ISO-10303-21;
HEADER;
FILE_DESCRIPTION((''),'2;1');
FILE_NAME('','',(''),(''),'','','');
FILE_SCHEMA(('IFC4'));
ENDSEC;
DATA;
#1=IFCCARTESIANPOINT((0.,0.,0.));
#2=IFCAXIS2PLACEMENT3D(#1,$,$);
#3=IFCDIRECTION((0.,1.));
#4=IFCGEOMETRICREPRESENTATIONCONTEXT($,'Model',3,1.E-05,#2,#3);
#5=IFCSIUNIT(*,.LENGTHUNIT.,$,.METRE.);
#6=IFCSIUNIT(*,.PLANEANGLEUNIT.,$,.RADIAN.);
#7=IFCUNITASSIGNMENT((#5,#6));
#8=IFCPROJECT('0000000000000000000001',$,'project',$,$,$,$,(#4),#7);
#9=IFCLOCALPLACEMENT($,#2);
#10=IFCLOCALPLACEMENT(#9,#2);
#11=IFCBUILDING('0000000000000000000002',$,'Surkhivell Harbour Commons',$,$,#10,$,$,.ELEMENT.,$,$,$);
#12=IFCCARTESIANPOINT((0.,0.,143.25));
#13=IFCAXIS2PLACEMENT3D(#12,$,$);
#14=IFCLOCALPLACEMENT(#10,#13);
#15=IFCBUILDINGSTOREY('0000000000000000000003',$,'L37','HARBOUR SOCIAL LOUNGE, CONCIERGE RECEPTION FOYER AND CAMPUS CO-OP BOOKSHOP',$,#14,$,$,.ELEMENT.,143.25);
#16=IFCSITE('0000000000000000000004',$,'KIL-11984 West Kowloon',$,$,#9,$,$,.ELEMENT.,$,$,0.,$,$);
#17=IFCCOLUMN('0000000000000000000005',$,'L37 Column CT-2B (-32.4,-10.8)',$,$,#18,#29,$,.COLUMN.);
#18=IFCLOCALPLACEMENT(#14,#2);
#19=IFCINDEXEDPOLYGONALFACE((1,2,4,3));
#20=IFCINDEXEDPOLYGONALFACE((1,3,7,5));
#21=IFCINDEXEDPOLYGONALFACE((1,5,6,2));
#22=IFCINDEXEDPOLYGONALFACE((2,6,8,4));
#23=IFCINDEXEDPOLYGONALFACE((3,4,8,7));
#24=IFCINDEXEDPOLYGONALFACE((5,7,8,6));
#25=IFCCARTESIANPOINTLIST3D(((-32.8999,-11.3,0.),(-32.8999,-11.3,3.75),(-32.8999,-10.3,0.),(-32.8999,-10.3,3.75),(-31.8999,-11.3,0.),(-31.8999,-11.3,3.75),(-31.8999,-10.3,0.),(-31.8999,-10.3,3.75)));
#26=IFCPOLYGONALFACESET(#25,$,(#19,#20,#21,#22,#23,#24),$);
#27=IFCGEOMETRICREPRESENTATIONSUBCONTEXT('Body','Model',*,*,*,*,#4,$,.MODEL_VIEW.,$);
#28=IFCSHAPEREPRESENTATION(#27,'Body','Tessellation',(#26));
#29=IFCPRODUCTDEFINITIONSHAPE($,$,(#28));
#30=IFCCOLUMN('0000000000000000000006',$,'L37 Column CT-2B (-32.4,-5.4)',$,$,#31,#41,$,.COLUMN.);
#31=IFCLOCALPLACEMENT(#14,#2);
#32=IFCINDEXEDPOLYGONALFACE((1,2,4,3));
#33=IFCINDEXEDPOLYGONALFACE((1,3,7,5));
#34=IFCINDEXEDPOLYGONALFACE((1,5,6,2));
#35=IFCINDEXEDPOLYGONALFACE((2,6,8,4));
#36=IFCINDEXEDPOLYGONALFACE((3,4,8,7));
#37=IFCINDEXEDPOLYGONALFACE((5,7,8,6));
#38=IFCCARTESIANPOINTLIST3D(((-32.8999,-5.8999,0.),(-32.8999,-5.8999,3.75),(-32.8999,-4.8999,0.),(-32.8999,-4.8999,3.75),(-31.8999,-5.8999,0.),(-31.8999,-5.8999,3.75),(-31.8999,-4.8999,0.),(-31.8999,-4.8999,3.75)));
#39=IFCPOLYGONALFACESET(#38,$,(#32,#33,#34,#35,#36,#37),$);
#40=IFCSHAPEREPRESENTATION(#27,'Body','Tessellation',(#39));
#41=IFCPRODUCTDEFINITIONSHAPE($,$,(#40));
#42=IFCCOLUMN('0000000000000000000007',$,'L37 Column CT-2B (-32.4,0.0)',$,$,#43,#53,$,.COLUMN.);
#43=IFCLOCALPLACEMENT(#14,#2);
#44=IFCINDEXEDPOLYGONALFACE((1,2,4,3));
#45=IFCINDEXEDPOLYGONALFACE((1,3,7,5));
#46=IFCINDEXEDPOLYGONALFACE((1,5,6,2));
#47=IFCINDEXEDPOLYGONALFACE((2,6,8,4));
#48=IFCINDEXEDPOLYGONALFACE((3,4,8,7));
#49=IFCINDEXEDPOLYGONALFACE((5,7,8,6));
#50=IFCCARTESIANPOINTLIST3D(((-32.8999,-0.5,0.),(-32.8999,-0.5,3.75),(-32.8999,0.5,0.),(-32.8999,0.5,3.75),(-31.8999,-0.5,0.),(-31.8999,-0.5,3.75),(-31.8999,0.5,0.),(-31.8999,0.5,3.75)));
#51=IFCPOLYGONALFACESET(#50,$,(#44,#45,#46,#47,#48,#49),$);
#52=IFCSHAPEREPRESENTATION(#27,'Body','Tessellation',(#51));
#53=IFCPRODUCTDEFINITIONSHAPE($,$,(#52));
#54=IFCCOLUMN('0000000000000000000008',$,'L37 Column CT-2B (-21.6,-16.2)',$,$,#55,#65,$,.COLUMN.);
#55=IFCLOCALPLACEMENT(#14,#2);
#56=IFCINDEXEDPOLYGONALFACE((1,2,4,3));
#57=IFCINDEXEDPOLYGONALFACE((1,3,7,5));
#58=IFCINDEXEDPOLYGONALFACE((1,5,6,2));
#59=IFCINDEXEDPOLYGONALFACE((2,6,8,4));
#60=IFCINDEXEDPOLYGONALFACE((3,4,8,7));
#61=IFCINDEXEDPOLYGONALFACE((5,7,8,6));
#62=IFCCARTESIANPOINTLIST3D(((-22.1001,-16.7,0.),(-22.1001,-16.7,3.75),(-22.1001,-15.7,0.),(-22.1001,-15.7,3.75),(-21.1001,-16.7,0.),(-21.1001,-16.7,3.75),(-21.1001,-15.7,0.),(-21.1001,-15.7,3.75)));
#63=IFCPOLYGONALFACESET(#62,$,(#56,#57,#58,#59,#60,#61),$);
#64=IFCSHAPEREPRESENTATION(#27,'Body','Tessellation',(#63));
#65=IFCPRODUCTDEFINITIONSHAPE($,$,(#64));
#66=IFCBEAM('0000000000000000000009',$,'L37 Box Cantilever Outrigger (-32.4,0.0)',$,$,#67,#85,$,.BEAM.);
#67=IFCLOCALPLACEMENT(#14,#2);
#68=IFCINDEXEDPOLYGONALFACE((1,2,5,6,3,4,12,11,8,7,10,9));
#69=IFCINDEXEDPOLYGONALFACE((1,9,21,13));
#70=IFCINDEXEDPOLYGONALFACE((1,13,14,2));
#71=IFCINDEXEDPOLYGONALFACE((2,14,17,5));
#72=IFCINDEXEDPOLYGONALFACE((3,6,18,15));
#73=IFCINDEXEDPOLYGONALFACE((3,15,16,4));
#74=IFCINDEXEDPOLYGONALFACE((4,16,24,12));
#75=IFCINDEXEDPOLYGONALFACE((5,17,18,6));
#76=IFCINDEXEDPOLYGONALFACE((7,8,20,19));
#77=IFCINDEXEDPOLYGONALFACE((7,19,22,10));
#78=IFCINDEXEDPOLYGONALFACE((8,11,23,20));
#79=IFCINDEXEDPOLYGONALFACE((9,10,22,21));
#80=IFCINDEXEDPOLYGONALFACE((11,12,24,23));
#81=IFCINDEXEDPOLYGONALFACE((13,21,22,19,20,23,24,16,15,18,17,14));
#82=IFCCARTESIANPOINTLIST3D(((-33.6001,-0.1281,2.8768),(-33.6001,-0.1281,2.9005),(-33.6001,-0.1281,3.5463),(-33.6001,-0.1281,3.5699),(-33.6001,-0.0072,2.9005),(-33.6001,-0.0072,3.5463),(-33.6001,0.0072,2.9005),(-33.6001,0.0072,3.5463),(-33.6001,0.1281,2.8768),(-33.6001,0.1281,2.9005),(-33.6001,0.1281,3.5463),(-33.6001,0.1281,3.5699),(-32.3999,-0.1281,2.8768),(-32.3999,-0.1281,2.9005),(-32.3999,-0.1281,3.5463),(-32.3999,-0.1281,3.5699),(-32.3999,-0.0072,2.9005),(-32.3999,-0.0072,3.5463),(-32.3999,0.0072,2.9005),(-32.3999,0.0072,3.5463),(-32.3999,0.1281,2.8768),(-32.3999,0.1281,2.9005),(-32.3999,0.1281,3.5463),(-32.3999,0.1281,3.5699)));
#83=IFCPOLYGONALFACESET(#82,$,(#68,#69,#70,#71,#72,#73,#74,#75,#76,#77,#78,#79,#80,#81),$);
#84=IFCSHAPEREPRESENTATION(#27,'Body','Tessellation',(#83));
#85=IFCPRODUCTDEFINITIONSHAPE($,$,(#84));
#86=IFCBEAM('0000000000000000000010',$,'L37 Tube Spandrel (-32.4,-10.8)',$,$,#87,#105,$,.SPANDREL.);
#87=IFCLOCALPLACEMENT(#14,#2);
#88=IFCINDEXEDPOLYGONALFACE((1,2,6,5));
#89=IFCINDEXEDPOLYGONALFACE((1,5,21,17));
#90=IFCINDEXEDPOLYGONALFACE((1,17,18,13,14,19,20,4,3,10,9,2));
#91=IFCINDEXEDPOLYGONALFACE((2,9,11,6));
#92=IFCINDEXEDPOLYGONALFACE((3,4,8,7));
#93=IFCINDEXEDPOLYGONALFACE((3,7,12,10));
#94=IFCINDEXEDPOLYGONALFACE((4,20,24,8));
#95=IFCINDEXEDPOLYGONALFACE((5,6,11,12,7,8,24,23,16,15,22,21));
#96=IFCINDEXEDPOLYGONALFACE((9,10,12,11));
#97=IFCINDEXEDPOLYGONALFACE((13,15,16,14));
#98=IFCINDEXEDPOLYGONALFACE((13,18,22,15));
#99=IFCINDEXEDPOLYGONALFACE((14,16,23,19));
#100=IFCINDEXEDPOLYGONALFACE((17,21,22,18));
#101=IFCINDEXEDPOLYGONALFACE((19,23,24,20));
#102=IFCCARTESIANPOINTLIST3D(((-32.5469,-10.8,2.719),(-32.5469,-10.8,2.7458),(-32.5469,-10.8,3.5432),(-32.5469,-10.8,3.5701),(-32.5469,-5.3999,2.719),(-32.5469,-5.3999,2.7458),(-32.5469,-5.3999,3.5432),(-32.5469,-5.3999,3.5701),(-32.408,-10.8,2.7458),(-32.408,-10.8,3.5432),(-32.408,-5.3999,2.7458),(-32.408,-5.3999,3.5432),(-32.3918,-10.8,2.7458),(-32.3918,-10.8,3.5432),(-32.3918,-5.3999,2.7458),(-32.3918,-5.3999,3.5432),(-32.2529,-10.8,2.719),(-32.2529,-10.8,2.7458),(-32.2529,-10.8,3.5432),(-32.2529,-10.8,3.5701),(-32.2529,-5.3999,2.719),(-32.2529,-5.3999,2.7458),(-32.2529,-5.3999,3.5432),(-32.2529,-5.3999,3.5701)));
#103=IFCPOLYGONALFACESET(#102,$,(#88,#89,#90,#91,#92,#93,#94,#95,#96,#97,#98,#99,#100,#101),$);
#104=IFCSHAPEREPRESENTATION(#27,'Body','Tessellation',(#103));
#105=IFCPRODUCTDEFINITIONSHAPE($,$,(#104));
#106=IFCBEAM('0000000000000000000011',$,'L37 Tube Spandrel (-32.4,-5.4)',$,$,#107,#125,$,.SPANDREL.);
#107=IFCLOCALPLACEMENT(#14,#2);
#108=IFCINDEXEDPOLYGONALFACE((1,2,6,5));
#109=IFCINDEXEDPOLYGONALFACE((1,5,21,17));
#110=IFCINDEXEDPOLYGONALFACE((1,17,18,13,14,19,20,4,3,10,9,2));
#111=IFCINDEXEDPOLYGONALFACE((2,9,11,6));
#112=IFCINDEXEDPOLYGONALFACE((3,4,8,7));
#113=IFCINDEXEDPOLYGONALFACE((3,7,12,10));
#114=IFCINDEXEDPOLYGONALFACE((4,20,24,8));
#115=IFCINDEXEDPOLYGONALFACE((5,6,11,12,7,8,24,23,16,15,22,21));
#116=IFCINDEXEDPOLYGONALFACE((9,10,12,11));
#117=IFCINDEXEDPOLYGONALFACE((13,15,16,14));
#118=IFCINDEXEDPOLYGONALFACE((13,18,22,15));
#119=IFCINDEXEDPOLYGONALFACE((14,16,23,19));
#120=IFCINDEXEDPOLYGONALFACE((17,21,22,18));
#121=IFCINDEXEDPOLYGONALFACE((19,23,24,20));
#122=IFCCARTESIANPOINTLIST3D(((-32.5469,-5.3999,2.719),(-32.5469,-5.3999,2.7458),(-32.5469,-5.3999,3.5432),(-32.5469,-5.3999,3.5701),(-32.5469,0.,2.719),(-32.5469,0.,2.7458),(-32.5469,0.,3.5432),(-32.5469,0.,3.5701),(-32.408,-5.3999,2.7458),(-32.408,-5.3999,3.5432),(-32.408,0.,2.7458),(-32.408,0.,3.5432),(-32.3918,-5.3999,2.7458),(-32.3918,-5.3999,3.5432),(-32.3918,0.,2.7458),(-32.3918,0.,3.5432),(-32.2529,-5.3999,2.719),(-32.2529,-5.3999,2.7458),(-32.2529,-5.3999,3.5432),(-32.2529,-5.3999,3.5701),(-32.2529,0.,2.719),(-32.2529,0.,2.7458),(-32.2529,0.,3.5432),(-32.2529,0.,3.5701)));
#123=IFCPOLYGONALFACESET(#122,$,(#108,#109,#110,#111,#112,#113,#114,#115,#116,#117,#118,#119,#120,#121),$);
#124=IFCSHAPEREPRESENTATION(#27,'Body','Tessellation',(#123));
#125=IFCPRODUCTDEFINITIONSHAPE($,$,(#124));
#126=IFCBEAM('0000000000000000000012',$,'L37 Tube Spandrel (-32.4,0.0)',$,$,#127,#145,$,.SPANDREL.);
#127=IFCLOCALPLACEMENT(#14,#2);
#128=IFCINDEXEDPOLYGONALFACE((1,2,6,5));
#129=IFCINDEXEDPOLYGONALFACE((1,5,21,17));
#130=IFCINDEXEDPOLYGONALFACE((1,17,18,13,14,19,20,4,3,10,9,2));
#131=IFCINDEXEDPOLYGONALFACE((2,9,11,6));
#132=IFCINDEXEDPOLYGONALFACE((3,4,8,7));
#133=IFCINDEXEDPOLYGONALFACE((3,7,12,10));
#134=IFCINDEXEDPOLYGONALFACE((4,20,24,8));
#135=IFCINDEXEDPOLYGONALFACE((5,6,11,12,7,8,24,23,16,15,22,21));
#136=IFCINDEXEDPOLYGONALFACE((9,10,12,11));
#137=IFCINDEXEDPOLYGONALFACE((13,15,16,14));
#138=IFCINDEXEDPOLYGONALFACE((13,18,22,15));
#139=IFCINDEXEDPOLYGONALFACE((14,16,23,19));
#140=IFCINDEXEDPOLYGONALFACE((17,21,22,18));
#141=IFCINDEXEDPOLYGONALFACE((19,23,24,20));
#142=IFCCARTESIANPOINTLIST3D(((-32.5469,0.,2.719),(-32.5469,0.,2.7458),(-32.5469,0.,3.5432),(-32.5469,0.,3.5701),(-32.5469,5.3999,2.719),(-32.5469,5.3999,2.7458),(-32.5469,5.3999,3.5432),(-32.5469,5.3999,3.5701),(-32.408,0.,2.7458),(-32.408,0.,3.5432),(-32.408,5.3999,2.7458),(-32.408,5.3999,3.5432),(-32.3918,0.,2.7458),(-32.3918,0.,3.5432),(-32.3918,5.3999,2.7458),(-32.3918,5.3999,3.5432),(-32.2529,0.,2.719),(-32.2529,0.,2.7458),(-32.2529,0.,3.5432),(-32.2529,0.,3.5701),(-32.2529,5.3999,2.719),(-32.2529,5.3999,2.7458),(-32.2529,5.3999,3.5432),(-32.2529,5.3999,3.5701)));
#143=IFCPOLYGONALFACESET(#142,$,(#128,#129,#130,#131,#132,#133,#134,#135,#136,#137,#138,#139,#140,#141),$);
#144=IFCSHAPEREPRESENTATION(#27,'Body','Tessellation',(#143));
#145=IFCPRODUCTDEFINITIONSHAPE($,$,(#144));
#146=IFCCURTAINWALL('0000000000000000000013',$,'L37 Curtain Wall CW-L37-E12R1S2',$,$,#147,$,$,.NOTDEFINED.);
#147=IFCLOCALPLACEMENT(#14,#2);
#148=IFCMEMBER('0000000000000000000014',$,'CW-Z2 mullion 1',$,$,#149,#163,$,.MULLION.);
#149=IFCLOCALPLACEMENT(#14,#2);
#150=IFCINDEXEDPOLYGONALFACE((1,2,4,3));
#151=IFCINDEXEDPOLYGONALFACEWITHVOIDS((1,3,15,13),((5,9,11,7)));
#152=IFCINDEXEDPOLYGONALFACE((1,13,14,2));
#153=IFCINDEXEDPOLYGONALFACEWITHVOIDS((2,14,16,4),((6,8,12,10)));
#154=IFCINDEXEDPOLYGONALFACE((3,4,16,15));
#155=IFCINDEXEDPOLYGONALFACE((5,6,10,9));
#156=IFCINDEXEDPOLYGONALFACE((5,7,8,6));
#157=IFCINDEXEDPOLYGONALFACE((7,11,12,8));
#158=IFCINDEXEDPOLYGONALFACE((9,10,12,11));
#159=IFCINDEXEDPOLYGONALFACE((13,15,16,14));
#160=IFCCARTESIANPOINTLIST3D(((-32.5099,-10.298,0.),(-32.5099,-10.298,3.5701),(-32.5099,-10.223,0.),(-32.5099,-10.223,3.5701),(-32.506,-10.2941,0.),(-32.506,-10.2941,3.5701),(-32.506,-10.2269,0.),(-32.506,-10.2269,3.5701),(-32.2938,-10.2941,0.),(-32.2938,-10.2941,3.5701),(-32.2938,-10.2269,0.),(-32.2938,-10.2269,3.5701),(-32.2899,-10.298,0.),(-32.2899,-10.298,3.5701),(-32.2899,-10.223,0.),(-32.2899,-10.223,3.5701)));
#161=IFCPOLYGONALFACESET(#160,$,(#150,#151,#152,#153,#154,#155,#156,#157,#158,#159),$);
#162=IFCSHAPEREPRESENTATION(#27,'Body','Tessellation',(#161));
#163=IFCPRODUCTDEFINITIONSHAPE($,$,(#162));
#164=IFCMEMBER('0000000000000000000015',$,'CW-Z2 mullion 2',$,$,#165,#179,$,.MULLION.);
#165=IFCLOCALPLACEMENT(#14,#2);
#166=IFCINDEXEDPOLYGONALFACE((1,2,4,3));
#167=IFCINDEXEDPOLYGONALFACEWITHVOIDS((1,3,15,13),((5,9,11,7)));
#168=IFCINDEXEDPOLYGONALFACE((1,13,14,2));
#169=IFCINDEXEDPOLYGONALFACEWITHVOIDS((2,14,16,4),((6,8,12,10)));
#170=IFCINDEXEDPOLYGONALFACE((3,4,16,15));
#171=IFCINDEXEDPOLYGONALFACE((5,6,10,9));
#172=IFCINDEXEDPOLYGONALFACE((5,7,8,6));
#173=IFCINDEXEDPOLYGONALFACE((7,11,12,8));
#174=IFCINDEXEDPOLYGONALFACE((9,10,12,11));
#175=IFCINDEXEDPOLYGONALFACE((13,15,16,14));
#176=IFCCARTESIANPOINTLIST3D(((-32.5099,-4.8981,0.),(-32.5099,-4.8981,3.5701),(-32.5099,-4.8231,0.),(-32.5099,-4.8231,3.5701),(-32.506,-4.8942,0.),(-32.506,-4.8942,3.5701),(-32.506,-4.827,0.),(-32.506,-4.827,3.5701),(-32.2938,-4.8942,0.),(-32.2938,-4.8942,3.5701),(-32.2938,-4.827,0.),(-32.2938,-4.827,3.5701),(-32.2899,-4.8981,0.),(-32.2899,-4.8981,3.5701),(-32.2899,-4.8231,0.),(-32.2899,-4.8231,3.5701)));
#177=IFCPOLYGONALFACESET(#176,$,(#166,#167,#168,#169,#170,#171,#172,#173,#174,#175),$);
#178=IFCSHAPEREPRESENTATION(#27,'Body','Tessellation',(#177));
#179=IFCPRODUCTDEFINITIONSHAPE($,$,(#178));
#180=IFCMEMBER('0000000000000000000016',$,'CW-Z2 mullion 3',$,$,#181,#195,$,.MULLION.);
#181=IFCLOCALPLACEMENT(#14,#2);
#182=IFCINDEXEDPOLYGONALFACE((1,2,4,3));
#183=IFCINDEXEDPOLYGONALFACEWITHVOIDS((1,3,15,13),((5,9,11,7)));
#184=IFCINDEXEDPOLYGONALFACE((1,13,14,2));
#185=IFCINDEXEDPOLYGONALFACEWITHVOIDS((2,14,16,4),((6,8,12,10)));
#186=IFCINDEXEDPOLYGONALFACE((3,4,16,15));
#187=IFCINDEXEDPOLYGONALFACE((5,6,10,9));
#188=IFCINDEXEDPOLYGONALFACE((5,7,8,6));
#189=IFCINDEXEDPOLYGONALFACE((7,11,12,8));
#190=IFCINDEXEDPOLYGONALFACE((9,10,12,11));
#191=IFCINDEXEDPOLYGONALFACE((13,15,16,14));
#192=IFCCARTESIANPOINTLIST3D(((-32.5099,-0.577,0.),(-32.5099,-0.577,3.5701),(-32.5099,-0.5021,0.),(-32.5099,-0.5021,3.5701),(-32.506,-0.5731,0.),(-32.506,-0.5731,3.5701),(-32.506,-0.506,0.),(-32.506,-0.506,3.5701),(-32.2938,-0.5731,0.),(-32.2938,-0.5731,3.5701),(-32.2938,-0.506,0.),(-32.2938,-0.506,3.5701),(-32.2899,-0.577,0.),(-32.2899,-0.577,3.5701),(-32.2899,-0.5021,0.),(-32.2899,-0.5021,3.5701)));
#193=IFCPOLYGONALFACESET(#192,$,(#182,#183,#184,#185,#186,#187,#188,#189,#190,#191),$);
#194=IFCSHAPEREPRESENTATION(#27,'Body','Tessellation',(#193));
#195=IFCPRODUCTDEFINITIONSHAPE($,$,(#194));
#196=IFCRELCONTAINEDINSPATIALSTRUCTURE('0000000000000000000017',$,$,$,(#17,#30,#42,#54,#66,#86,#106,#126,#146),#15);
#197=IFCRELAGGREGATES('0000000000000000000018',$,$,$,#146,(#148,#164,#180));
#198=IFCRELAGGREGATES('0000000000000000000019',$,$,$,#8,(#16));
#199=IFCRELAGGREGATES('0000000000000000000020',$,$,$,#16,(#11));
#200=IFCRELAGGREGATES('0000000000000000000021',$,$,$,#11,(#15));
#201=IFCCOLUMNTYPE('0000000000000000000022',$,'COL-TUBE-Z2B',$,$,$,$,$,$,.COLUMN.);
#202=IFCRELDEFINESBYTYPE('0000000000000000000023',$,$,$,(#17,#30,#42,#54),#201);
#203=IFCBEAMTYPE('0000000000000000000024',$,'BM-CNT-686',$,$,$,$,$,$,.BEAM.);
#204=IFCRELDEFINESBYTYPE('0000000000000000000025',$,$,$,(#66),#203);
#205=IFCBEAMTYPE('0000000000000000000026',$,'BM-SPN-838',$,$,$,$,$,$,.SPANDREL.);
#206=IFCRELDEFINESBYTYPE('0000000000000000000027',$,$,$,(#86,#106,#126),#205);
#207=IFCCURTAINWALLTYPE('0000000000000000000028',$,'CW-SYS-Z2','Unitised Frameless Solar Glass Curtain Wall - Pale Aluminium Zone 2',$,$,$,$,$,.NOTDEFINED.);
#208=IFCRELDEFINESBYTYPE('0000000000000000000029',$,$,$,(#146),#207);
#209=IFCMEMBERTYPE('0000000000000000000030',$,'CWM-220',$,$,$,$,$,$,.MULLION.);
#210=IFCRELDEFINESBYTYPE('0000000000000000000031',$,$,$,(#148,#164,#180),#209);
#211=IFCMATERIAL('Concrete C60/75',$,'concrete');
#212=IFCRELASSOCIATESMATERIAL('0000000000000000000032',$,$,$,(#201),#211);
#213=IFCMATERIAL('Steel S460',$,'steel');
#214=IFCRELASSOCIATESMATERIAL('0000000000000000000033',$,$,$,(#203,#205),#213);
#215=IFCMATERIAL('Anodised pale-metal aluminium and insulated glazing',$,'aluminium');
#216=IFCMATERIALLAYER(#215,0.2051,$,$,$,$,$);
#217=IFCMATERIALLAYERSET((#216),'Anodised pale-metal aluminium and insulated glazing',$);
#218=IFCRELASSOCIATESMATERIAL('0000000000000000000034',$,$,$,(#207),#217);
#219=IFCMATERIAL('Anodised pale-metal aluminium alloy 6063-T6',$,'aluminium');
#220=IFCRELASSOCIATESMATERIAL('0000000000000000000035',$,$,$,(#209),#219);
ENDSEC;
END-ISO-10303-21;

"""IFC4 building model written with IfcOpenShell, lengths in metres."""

from ifc_helpers import new_model, si_unit, direction, frame, origin, origin_2d, place, context, subcontext, project, spatial, rectangle, hollow_rectangle, i_section, extrude, material, layer, layer_set, material_profile, profile_set, type_object, element, aggregate, save


model = new_model("IFC4")

# Units and contexts
model_context = context("Model", 3, precision=1e-05, world=origin(), true_north=direction((0.0, 1.0)))
body_context = subcontext(model_context, "Body", "Model", "MODEL_VIEW")
ifc_project = project(units=[si_unit("LENGTHUNIT", "METRE"), si_unit("PLANEANGLEUNIT", "RADIAN")], contexts=[model_context])

# Site, building, storey
site_placement = place(None, origin())
site = spatial("IfcSite", under=ifc_project, at=site_placement, Name="KIL-11984 West Kowloon", CompositionType="ELEMENT", RefElevation=0.0)
building_placement = place(site_placement, origin())
building = spatial("IfcBuilding", under=site, at=building_placement, Name="Surkhivell Harbour Commons", CompositionType="ELEMENT")
storey_placement = place(building_placement, frame((0.0, 0.0, 143.25)))
storey = spatial("IfcBuildingStorey", under=building, at=storey_placement, Name="L37", Description="HARBOUR SOCIAL LOUNGE, CONCIERGE RECEPTION FOYER AND CAMPUS CO-OP BOOKSHOP", CompositionType="ELEMENT", Elevation=143.25)

# Columns
ifc_material_1 = material(Name="Concrete C60/75", Category="concrete")
ifc_material_profile_1 = material_profile(ifc_material_1, rectangle(XDim=1.0, YDim=1.0, at=origin_2d()), Name="RC-COL-1000x1000")
ifc_profile_set_1 = profile_set([ifc_material_profile_1], Name="Concrete C60/75")
column_type = type_object("IfcColumnType", Name="COL-TUBE-Z2B", PredefinedType="COLUMN", material=ifc_profile_set_1)
for number, where, z_axis, x_axis, name in (
    (1, (-32.3999, -10.8, 0.0), (0.0, 0.0, 1.0), (1.0, 0.0, 0.0), "L37 Column CT-2B (-32.4,-10.8)"),
    (2, (-32.3999, -5.3999, 0.0), (0.0, 0.0, 1.0), (1.0, 0.0, 0.0), "L37 Column CT-2B (-32.4,-5.4)"),
    (3, (-32.3999, 0.0, 0.0), (0.0, 0.0, 1.0), (1.0, 0.0, 0.0), "L37 Column CT-2B (-32.4,0.0)"),
    (4, (-21.6001, -16.2, 0.0), (0.0, 0.0, 1.0), (1.0, 0.0, 0.0), "L37 Column CT-2B (-21.6,-16.2)"),
):
    element("IfcColumn", number, at=place(storey_placement, frame(where, z_axis=z_axis, x_axis=x_axis)), inside=storey, type_object=column_type, Name=name, PredefinedType="COLUMN", context=body_context, shape_type="SweptSolid", body=[
        extrude(rectangle(XDim=1.0, YDim=1.0, at=origin_2d()), origin(), (0.0, 0.0, 1.0), 3.75),
    ])

# Beams
ifc_material_2 = material(Name="Steel S460", Category="steel")
ifc_material_profile_2 = material_profile(ifc_material_2, i_section(OverallWidth=0.2561, OverallDepth=0.6931, WebThickness=0.0144, FlangeThickness=0.0237, at=origin_2d()), Name="UB686x254x170")
ifc_profile_set_2 = profile_set([ifc_material_profile_2], Name="Steel S460")
beam_type_1 = type_object("IfcBeamType", Name="BM-CNT-686", PredefinedType="BEAM", material=ifc_profile_set_2)
beam_1_placement = place(storey_placement, frame((-32.3999, 0.0, 3.2234), z_axis=(-1.0, 0.0, 0.0), x_axis=(0.0, -1.0, 0.0)))
element("IfcBeam", 5, at=beam_1_placement, inside=storey, type_object=beam_type_1, Name="L37 Box Cantilever Outrigger (-32.4,0.0)", PredefinedType="BEAM", context=body_context, shape_type="SweptSolid", body=[
    extrude(i_section(OverallWidth=0.2561, OverallDepth=0.6931, WebThickness=0.0144, FlangeThickness=0.0237, at=origin_2d()), origin(), (0.0, 0.0, 1.0), 1.2002),
])
ifc_material_profile_3 = material_profile(ifc_material_2, i_section(OverallWidth=0.2939, OverallDepth=0.8511, WebThickness=0.0161, FlangeThickness=0.0269, at=origin_2d()), Name="UB838x292x226")
ifc_profile_set_3 = profile_set([ifc_material_profile_3], Name="Steel S460")
beam_type_2 = type_object("IfcBeamType", Name="BM-SPN-838", PredefinedType="SPANDREL", material=ifc_profile_set_3)
beam_2_placement = place(storey_placement, frame((-32.3999, -10.8, 3.1445), z_axis=(0.0, 1.0, 0.0), x_axis=(-1.0, 0.0, 0.0)))
element("IfcBeam", 6, at=beam_2_placement, inside=storey, type_object=beam_type_2, Name="L37 Tube Spandrel (-32.4,-10.8)", PredefinedType="SPANDREL", context=body_context, shape_type="SweptSolid", body=[
    extrude(i_section(OverallWidth=0.2939, OverallDepth=0.8511, WebThickness=0.0161, FlangeThickness=0.0269, at=origin_2d()), origin(), (0.0, 0.0, 1.0), 5.4001),
])
for number, where, z_axis, x_axis, name in (
    (7, (-32.3999, -5.3999, 3.1445), (0.0, 1.0, 0.0), (-1.0, 0.0, 0.0), "L37 Tube Spandrel (-32.4,-5.4)"),
    (8, (-32.3999, 0.0, 3.1445), (0.0, 1.0, 0.0), (-1.0, 0.0, 0.0), "L37 Tube Spandrel (-32.4,0.0)"),
):
    element("IfcBeam", number, at=place(storey_placement, frame(where, z_axis=z_axis, x_axis=x_axis)), inside=storey, type_object=beam_type_2, Name=name, PredefinedType="SPANDREL", context=body_context, shape_type="SweptSolid", body=[
        extrude(i_section(OverallWidth=0.2939, OverallDepth=0.8511, WebThickness=0.0161, FlangeThickness=0.0269, at=origin_2d()), origin(), (0.0, 0.0, 1.0), 5.3999),
    ])

# Curtain wall, members
ifc_material_3 = material(Name="Anodised pale-metal aluminium and insulated glazing", Category="aluminium")
ifc_layer_1 = layer(ifc_material_3, 0.2051)
ifc_layer_set_1 = layer_set([ifc_layer_1], Name="Anodised pale-metal aluminium and insulated glazing")
curtain_wall_type = type_object("IfcCurtainWallType", Name="CW-SYS-Z2", Description="Unitised Frameless Solar Glass Curtain Wall - Pale Aluminium Zone 2", PredefinedType="NOTDEFINED", material=ifc_layer_set_1)
curtain_wall_placement = place(storey_placement, origin())
curtain_wall = element("IfcCurtainWall", 9, at=curtain_wall_placement, inside=storey, type_object=curtain_wall_type, Name="L37 Curtain Wall CW-L37-E12R1S2", PredefinedType="NOTDEFINED")
ifc_material_4 = material(Name="Anodised pale-metal aluminium alloy 6063-T6", Category="aluminium")
ifc_material_profile_4 = material_profile(ifc_material_4, hollow_rectangle(XDim=0.075, YDim=0.22, WallThickness=0.0039, at=origin_2d()), Name="ALU-MULL-75x220")
ifc_profile_set_4 = profile_set([ifc_material_profile_4], Name="Anodised pale-metal aluminium alloy 6063-T6")
member_type_1 = type_object("IfcMemberType", Name="CWM-220", PredefinedType="MULLION", material=ifc_profile_set_4)
member_1_placement = place(storey_placement, frame((-32.3999, -10.2605, 0.0), z_axis=(0.0, 0.0, 1.0), x_axis=(0.0, 1.0, 0.0)))
member_1 = element("IfcMember", 10, at=member_1_placement, type_object=member_type_1, Name="CW-Z2 mullion 1", PredefinedType="MULLION", context=body_context, shape_type="SweptSolid", body=[
    extrude(hollow_rectangle(XDim=0.075, YDim=0.22, WallThickness=0.0039, at=origin_2d()), origin(), (0.0, 0.0, 1.0), 3.5701),
])
member_2_placement = place(storey_placement, frame((-32.3999, -4.8606, 0.0), z_axis=(0.0, 0.0, 1.0), x_axis=(0.0, 1.0, 0.0)))
member_2 = element("IfcMember", 11, at=member_2_placement, type_object=member_type_1, Name="CW-Z2 mullion 2", PredefinedType="MULLION", context=body_context, shape_type="SweptSolid", body=[
    extrude(hollow_rectangle(XDim=0.075, YDim=0.22, WallThickness=0.0039, at=origin_2d()), origin(), (0.0, 0.0, 1.0), 3.5701),
])
member_3_placement = place(storey_placement, frame((-32.3999, -0.5396, 0.0), z_axis=(0.0, 0.0, 1.0), x_axis=(0.0, 1.0, 0.0)))
member_3 = element("IfcMember", 12, at=member_3_placement, type_object=member_type_1, Name="CW-Z2 mullion 3", PredefinedType="MULLION", context=body_context, shape_type="SweptSolid", body=[
    extrude(hollow_rectangle(XDim=0.075, YDim=0.22, WallThickness=0.0039, at=origin_2d()), origin(), (0.0, 0.0, 1.0), 3.5701),
])

aggregate(curtain_wall, [member_1, member_2, member_3])

save(model, "model.ifc")
